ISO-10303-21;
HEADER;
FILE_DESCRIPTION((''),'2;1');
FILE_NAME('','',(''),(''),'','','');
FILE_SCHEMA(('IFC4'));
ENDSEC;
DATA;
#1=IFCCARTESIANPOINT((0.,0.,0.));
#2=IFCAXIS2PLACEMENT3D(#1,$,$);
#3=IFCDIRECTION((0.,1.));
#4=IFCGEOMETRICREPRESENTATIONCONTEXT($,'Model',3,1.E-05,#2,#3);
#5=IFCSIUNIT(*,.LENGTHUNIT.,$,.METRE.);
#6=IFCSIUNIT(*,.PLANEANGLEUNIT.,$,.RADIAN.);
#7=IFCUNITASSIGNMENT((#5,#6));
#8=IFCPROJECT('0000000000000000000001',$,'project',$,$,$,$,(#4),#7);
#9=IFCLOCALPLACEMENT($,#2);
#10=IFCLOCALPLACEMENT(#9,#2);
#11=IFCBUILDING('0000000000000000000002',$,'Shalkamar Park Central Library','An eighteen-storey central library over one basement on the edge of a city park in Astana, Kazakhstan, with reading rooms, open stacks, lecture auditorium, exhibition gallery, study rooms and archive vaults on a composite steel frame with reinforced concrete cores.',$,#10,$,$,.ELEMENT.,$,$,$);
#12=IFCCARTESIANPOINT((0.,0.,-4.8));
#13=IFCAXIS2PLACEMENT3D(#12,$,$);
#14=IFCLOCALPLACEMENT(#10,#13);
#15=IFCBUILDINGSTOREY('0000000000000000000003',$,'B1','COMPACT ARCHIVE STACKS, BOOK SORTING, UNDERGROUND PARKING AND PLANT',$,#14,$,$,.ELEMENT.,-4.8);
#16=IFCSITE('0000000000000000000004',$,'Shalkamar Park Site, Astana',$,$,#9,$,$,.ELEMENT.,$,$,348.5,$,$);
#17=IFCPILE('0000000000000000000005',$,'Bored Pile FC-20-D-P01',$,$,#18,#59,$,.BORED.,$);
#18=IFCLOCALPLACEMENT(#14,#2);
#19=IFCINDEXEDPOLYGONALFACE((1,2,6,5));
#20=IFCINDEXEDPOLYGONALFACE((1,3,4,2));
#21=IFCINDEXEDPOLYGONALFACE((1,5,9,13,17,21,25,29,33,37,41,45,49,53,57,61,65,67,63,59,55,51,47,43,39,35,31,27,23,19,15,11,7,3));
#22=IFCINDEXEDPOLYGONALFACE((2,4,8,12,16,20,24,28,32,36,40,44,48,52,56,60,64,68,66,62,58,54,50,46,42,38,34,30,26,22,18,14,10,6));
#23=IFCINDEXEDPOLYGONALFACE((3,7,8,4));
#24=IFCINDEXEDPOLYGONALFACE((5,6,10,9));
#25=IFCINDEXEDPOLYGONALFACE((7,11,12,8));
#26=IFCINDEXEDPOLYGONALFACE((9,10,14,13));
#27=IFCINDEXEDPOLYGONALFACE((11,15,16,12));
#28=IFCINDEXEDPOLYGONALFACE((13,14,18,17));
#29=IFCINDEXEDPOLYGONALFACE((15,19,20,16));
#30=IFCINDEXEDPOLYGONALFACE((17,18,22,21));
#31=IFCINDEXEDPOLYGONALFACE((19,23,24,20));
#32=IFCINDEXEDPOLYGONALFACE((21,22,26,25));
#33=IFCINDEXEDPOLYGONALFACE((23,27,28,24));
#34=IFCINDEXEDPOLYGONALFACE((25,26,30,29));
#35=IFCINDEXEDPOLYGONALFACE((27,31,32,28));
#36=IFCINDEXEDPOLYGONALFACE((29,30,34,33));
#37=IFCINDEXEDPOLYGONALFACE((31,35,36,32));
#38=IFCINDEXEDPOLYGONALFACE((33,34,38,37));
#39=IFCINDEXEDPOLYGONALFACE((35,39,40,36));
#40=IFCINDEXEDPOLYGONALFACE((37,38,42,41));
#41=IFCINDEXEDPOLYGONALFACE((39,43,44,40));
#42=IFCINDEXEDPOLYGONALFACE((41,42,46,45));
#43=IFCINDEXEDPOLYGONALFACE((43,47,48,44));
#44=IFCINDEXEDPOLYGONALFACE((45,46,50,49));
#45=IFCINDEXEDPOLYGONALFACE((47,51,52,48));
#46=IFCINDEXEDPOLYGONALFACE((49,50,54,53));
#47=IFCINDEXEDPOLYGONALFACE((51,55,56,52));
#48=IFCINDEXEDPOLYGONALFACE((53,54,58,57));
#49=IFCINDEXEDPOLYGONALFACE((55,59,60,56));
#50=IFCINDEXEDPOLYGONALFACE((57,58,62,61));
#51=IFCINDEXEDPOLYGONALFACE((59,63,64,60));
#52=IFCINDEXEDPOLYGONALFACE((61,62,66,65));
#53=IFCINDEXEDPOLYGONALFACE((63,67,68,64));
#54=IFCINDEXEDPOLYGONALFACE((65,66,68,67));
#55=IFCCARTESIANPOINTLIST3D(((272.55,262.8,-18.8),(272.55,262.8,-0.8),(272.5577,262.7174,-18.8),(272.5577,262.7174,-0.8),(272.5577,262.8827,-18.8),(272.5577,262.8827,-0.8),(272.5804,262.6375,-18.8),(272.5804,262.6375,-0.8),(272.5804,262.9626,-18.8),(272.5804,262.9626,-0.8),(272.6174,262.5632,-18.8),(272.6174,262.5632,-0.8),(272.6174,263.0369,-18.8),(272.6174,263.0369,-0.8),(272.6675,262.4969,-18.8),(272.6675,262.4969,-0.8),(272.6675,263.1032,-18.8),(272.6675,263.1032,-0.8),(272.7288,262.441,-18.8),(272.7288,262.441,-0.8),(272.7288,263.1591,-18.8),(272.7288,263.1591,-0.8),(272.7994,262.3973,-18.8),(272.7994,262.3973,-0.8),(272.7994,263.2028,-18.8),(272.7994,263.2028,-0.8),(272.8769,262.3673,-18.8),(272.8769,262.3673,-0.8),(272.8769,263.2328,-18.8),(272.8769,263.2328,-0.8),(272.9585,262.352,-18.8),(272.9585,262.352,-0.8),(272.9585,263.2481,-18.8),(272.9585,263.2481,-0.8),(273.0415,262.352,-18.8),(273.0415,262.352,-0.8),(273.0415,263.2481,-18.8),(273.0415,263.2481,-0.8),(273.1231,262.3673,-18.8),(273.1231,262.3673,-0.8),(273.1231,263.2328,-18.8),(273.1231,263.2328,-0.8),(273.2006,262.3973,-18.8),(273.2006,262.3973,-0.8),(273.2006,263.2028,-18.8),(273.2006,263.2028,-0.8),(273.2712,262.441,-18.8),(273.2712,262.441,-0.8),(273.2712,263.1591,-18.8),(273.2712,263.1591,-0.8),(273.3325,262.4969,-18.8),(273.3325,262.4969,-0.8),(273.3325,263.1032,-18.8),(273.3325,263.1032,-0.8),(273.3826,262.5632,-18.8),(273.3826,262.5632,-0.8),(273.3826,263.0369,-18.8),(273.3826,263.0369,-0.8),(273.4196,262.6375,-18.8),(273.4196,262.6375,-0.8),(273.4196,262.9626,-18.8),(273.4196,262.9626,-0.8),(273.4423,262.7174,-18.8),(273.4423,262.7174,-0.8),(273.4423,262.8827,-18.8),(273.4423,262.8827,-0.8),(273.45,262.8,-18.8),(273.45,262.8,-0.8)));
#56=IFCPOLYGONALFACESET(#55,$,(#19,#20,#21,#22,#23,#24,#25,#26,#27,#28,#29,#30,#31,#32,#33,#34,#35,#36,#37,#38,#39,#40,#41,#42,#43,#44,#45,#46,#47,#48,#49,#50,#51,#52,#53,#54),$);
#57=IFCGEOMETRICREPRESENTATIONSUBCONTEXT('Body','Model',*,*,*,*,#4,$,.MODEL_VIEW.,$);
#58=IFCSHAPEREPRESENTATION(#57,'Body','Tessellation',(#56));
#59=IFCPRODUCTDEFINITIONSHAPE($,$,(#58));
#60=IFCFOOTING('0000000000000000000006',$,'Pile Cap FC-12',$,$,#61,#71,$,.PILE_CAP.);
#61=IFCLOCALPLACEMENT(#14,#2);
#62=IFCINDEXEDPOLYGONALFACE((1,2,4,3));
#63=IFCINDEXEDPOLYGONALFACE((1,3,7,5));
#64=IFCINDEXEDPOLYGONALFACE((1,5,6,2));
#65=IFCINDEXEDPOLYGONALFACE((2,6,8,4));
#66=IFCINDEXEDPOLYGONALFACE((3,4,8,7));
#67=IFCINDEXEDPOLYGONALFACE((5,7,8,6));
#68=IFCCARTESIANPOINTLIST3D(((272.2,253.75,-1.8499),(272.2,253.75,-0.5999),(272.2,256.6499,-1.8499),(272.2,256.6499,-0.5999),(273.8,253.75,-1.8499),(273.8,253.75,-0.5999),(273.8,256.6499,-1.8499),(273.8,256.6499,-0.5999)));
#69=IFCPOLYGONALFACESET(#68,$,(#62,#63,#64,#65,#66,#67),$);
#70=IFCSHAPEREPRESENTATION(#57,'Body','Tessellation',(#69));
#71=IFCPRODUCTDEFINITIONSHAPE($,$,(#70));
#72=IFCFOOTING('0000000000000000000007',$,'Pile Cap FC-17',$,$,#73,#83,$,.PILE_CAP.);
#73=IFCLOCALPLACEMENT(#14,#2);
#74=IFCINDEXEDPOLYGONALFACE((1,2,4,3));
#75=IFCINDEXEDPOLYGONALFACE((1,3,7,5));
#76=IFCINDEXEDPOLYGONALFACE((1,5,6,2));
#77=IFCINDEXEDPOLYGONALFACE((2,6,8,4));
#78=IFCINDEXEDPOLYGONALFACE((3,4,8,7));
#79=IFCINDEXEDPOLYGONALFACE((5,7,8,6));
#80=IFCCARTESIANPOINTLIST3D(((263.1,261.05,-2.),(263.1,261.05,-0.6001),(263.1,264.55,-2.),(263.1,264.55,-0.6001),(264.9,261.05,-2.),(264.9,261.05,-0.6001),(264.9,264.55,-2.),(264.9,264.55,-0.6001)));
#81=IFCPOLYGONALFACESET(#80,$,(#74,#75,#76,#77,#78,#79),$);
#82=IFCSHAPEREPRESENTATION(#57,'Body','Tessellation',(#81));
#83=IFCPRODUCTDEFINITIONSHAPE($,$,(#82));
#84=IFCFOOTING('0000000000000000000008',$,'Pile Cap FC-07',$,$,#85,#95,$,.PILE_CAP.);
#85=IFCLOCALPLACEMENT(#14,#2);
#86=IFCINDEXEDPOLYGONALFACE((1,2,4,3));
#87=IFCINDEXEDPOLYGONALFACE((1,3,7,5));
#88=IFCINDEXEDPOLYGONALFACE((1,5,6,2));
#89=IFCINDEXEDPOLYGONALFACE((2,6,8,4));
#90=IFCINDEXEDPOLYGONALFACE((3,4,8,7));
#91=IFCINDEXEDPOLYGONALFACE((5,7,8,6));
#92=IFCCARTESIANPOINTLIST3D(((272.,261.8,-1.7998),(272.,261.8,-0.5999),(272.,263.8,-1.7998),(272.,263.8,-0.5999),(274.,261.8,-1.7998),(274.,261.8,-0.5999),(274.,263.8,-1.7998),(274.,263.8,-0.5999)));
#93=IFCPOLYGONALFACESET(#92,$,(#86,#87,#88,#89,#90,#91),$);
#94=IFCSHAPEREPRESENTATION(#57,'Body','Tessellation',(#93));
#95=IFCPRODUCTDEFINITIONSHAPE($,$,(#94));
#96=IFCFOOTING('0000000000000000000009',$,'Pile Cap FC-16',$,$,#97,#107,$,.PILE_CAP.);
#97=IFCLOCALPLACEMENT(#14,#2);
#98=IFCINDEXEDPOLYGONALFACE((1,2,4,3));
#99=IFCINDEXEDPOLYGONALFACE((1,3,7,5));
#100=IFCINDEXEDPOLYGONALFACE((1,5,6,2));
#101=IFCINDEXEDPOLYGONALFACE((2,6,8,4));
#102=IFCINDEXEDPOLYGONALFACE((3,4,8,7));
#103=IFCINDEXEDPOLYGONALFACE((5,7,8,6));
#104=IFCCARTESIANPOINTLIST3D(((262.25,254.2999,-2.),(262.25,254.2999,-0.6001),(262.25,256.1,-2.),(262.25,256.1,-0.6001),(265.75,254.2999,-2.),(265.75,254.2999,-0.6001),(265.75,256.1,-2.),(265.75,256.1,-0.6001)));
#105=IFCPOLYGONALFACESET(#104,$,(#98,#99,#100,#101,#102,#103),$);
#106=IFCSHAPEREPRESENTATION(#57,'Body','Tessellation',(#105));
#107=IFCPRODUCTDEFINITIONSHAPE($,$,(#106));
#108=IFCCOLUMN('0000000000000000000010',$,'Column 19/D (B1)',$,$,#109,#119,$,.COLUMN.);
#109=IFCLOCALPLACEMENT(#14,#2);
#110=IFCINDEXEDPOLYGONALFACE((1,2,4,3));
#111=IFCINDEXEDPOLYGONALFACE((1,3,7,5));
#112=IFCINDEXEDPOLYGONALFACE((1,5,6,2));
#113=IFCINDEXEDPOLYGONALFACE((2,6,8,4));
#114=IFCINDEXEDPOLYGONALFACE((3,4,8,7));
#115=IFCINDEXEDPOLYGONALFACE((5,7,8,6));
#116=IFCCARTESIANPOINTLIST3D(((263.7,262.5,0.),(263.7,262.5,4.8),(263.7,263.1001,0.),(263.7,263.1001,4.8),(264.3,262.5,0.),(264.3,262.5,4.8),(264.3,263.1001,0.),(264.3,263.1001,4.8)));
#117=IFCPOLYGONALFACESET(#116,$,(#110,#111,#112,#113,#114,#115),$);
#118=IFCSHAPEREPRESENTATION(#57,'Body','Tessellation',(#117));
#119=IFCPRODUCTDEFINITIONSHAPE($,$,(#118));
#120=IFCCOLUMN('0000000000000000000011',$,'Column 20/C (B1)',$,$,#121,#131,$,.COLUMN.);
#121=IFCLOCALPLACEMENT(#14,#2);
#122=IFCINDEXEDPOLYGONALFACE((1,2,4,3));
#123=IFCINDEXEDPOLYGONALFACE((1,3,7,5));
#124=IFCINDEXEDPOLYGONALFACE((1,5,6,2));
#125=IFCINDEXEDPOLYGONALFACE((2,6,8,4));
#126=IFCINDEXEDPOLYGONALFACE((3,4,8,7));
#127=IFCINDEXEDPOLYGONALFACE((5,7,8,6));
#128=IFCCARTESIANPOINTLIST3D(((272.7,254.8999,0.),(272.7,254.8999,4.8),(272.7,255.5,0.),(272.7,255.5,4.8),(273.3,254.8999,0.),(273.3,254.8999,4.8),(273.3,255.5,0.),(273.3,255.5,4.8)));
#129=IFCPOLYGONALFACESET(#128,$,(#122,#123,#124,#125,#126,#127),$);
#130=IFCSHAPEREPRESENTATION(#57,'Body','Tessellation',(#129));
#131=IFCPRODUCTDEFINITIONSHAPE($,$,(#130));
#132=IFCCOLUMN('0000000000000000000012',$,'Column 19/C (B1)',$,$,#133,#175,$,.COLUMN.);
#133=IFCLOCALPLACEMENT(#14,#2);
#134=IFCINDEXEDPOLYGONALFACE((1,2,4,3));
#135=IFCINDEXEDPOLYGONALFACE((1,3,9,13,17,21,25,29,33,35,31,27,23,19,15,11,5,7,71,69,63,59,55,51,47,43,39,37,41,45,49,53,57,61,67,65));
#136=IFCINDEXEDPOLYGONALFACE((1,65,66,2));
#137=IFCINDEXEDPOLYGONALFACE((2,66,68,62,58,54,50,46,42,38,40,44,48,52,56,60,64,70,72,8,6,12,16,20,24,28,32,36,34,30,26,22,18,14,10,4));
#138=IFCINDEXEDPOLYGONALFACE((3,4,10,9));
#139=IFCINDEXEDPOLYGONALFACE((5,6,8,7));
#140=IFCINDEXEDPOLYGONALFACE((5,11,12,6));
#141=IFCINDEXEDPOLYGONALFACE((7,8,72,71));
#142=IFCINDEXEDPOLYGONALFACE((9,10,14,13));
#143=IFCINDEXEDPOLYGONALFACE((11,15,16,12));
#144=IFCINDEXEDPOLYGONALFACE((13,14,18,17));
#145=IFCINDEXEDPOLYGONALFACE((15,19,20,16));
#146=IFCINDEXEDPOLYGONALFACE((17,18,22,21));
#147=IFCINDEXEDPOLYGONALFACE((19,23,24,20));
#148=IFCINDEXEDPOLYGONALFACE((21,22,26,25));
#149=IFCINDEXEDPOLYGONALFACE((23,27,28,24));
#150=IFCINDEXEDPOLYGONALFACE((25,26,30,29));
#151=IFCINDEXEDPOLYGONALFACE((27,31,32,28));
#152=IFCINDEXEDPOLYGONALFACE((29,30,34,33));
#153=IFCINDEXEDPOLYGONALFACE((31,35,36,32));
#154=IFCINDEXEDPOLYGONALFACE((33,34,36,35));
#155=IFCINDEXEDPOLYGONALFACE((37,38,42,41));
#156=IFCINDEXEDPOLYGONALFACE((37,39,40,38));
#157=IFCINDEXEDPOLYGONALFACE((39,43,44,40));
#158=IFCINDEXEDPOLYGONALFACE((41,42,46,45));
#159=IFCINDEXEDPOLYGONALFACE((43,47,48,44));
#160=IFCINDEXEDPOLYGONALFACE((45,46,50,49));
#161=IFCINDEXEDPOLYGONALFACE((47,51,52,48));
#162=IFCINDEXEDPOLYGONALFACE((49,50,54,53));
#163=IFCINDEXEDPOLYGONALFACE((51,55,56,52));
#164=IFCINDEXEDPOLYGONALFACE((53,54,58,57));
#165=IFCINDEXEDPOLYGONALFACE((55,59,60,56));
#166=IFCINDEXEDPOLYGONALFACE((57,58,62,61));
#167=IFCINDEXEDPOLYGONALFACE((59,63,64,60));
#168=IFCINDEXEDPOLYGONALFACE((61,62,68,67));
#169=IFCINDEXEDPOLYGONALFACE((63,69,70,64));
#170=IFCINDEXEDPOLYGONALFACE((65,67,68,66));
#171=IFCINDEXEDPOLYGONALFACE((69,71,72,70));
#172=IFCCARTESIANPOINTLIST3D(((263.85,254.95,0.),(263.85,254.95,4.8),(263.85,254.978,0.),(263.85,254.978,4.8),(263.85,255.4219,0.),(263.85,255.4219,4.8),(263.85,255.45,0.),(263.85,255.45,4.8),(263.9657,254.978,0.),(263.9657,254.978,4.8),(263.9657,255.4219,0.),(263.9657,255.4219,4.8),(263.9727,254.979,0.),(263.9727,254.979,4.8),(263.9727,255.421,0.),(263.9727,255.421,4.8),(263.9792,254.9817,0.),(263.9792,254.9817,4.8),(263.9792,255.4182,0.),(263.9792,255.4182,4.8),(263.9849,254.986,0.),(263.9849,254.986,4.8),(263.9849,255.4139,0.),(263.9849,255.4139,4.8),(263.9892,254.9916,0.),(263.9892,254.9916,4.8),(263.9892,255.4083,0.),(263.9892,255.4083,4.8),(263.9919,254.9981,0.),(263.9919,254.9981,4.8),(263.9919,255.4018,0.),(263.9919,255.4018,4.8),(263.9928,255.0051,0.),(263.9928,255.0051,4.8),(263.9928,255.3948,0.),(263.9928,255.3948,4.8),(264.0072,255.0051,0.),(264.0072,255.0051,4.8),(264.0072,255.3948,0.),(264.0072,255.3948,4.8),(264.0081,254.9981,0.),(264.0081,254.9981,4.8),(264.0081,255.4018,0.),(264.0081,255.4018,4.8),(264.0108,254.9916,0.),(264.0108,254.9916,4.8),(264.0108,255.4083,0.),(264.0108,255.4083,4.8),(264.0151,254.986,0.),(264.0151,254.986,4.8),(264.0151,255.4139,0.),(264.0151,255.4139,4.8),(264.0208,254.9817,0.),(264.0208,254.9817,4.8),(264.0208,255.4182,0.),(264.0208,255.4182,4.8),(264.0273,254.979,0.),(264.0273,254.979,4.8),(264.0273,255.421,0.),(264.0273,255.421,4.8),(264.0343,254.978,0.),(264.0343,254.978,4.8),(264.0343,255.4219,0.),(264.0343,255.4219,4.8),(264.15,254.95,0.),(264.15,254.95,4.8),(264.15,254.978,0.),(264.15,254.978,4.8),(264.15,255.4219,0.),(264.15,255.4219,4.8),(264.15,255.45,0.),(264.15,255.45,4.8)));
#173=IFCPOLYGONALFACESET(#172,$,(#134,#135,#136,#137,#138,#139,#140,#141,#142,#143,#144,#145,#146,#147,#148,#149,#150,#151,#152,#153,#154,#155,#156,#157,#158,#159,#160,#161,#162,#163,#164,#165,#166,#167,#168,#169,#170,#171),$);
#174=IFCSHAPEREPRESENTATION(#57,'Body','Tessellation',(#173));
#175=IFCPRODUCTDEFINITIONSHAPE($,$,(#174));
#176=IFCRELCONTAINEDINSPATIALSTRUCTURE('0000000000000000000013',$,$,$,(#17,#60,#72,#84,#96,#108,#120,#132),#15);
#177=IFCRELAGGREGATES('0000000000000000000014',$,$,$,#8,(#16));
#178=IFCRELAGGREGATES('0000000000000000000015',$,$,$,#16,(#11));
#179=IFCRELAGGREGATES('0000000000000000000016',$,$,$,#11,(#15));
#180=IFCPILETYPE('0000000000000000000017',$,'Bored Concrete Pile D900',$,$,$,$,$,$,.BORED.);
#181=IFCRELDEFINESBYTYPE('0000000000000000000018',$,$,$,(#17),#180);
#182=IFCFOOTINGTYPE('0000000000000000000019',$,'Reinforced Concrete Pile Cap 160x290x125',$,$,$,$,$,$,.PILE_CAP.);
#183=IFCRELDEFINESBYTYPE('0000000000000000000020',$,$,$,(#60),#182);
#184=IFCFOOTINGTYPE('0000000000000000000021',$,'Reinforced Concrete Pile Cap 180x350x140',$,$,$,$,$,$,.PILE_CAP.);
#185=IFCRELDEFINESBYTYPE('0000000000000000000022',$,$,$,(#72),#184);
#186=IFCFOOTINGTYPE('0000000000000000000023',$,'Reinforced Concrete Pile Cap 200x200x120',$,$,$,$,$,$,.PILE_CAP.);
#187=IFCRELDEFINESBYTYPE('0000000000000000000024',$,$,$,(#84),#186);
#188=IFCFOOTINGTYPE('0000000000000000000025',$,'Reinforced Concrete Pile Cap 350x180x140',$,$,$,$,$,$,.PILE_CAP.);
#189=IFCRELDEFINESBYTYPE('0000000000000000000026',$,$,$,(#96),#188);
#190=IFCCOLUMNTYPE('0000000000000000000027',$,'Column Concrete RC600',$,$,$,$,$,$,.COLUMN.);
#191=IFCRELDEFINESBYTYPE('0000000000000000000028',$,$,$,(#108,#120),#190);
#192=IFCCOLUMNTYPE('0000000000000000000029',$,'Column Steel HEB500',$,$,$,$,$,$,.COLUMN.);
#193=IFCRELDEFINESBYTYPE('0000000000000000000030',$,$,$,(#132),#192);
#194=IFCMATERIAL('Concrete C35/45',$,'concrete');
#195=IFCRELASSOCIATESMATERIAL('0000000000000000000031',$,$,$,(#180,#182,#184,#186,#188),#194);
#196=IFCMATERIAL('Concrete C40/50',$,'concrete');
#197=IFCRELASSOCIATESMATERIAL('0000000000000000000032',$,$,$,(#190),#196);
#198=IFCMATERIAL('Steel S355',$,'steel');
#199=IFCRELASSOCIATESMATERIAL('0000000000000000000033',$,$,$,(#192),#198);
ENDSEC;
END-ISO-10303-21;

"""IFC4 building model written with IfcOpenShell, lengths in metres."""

from ifc_helpers import new_model, si_unit, direction, frame, origin, origin_2d, place, context, subcontext, project, spatial, rectangle, circle, i_section, extrude, material, material_profile, profile_set, type_object, element, save


model = new_model("IFC4")

# Units and contexts
model_context = context("Model", 3, precision=1e-05, world=origin(), true_north=direction((0.0, 1.0)))
body_context = subcontext(model_context, "Body", "Model", "MODEL_VIEW")
ifc_project = project(units=[si_unit("LENGTHUNIT", "METRE"), si_unit("PLANEANGLEUNIT", "RADIAN")], contexts=[model_context])

# Site, building, storey
site_placement = place(None, origin())
site = spatial("IfcSite", under=ifc_project, at=site_placement, Name="Shalkamar Park Site, Astana", CompositionType="ELEMENT", RefElevation=348.5)
building_placement = place(site_placement, origin())
building = spatial("IfcBuilding", under=site, at=building_placement, Name="Shalkamar Park Central Library", Description="An eighteen-storey central library over one basement on the edge of a city park in Astana, Kazakhstan, with reading rooms, open stacks, lecture auditorium, exhibition gallery, study rooms and archive vaults on a composite steel frame with reinforced concrete cores.", CompositionType="ELEMENT")
storey_placement = place(building_placement, frame((0.0, 0.0, -4.8)))
storey = spatial("IfcBuildingStorey", under=building, at=storey_placement, Name="B1", Description="COMPACT ARCHIVE STACKS, BOOK SORTING, UNDERGROUND PARKING AND PLANT", CompositionType="ELEMENT", Elevation=-4.8)

# Pile
ifc_material_1 = material(Name="Concrete C35/45", Category="concrete")
ifc_material_profile_1 = material_profile(ifc_material_1, circle(Radius=0.45, at=origin_2d()), Name="PILE D900")
ifc_profile_set_1 = profile_set([ifc_material_profile_1], Name="Concrete C35/45")
pile_type_1 = type_object("IfcPileType", Name="Bored Concrete Pile D900", PredefinedType="BORED", material=ifc_profile_set_1)
pile_placement = place(storey_placement, frame((273.0, 262.8, -0.8), z_axis=(0.0, 0.0, -1.0), x_axis=(1.0, 0.0, 0.0)))
element("IfcPile", 1, at=pile_placement, inside=storey, type_object=pile_type_1, Name="Bored Pile FC-20-D-P01", PredefinedType="BORED", context=body_context, shape_type="SweptSolid", body=[
    extrude(circle(Radius=0.45, at=origin_2d()), origin(), (0.0, 0.0, 1.0), 18.0),
])

# Footings
footing_type_1 = type_object("IfcFootingType", Name="Reinforced Concrete Pile Cap 160x290x125", PredefinedType="PILE_CAP", material=ifc_material_1)
footing_1_placement = place(storey_placement, frame((273.0, 255.2, -1.8499), z_axis=(0.0, 0.0, 1.0), x_axis=(1.0, 0.0, 0.0)))
element("IfcFooting", 2, at=footing_1_placement, inside=storey, type_object=footing_type_1, Name="Pile Cap FC-12", PredefinedType="PILE_CAP", context=body_context, shape_type="SweptSolid", body=[
    extrude(rectangle(XDim=1.6001, YDim=2.8999, at=origin_2d()), origin(), (0.0, 0.0, 1.0), 1.25),
])
footing_type_2 = type_object("IfcFootingType", Name="Reinforced Concrete Pile Cap 180x350x140", PredefinedType="PILE_CAP", material=ifc_material_1)
footing_2_placement = place(storey_placement, frame((264.0, 262.8, -2.0), z_axis=(0.0, 0.0, 1.0), x_axis=(1.0, 0.0, 0.0)))
element("IfcFooting", 3, at=footing_2_placement, inside=storey, type_object=footing_type_2, Name="Pile Cap FC-17", PredefinedType="PILE_CAP", context=body_context, shape_type="SweptSolid", body=[
    extrude(rectangle(XDim=1.8, YDim=3.5, at=origin_2d()), origin(), (0.0, 0.0, 1.0), 1.3999),
])
footing_type_3 = type_object("IfcFootingType", Name="Reinforced Concrete Pile Cap 200x200x120", PredefinedType="PILE_CAP", material=ifc_material_1)
footing_3_placement = place(storey_placement, frame((273.0, 262.8, -1.7998), z_axis=(0.0, 0.0, 1.0), x_axis=(1.0, 0.0, 0.0)))
element("IfcFooting", 4, at=footing_3_placement, inside=storey, type_object=footing_type_3, Name="Pile Cap FC-07", PredefinedType="PILE_CAP", context=body_context, shape_type="SweptSolid", body=[
    extrude(rectangle(XDim=2.0, YDim=2.0, at=origin_2d()), origin(), (0.0, 0.0, 1.0), 1.2),
])
footing_type_4 = type_object("IfcFootingType", Name="Reinforced Concrete Pile Cap 350x180x140", PredefinedType="PILE_CAP", material=ifc_material_1)
footing_4_placement = place(storey_placement, frame((264.0, 255.2, -2.0), z_axis=(0.0, 0.0, 1.0), x_axis=(1.0, 0.0, 0.0)))
element("IfcFooting", 5, at=footing_4_placement, inside=storey, type_object=footing_type_4, Name="Pile Cap FC-16", PredefinedType="PILE_CAP", context=body_context, shape_type="SweptSolid", body=[
    extrude(rectangle(XDim=3.5, YDim=1.8, at=origin_2d()), origin(), (0.0, 0.0, 1.0), 1.3999),
])

# Columns
ifc_material_2 = material(Name="Concrete C40/50", Category="concrete")
ifc_material_profile_2 = material_profile(ifc_material_2, rectangle(XDim=0.6001, YDim=0.6001, at=origin_2d()), Name="RC 600x600")
ifc_profile_set_2 = profile_set([ifc_material_profile_2], Name="Concrete C40/50")
column_type_1 = type_object("IfcColumnType", Name="Column Concrete RC600", PredefinedType="COLUMN", material=ifc_profile_set_2)
for number, where, z_axis, x_axis, name in (
    (6, (264.0, 262.8, 0.0), (0.0, 0.0, 1.0), (1.0, 0.0, 0.0), "Column 19/D (B1)"),
    (7, (273.0, 255.2, 0.0), (0.0, 0.0, 1.0), (1.0, 0.0, 0.0), "Column 20/C (B1)"),
):
    element("IfcColumn", number, at=place(storey_placement, frame(where, z_axis=z_axis, x_axis=x_axis)), inside=storey, type_object=column_type_1, Name=name, PredefinedType="COLUMN", context=body_context, shape_type="SweptSolid", body=[
        extrude(rectangle(XDim=0.6001, YDim=0.6001, at=origin_2d()), origin(), (0.0, 0.0, 1.0), 4.8),
    ])
ifc_material_3 = material(Name="Steel S355", Category="steel")
ifc_material_profile_3 = material_profile(ifc_material_3, i_section(OverallWidth=0.3, OverallDepth=0.5, WebThickness=0.0144, FlangeThickness=0.0281, FilletRadius=0.0271, at=origin_2d()), Name="HEB 500")
ifc_profile_set_3 = profile_set([ifc_material_profile_3], Name="Steel S355")
column_type_2 = type_object("IfcColumnType", Name="Column Steel HEB500", PredefinedType="COLUMN", material=ifc_profile_set_3)
column_placement = place(storey_placement, frame((264.0, 255.2, 0.0), z_axis=(0.0, 0.0, 1.0), x_axis=(1.0, 0.0, 0.0)))
element("IfcColumn", 8, at=column_placement, inside=storey, type_object=column_type_2, Name="Column 19/C (B1)", PredefinedType="COLUMN", context=body_context, shape_type="SweptSolid", body=[
    extrude(i_section(OverallWidth=0.3, OverallDepth=0.5, WebThickness=0.0144, FlangeThickness=0.0281, FilletRadius=0.0271, at=origin_2d()), origin(), (0.0, 0.0, 1.0), 4.8),
])

save(model, "model.ifc")
